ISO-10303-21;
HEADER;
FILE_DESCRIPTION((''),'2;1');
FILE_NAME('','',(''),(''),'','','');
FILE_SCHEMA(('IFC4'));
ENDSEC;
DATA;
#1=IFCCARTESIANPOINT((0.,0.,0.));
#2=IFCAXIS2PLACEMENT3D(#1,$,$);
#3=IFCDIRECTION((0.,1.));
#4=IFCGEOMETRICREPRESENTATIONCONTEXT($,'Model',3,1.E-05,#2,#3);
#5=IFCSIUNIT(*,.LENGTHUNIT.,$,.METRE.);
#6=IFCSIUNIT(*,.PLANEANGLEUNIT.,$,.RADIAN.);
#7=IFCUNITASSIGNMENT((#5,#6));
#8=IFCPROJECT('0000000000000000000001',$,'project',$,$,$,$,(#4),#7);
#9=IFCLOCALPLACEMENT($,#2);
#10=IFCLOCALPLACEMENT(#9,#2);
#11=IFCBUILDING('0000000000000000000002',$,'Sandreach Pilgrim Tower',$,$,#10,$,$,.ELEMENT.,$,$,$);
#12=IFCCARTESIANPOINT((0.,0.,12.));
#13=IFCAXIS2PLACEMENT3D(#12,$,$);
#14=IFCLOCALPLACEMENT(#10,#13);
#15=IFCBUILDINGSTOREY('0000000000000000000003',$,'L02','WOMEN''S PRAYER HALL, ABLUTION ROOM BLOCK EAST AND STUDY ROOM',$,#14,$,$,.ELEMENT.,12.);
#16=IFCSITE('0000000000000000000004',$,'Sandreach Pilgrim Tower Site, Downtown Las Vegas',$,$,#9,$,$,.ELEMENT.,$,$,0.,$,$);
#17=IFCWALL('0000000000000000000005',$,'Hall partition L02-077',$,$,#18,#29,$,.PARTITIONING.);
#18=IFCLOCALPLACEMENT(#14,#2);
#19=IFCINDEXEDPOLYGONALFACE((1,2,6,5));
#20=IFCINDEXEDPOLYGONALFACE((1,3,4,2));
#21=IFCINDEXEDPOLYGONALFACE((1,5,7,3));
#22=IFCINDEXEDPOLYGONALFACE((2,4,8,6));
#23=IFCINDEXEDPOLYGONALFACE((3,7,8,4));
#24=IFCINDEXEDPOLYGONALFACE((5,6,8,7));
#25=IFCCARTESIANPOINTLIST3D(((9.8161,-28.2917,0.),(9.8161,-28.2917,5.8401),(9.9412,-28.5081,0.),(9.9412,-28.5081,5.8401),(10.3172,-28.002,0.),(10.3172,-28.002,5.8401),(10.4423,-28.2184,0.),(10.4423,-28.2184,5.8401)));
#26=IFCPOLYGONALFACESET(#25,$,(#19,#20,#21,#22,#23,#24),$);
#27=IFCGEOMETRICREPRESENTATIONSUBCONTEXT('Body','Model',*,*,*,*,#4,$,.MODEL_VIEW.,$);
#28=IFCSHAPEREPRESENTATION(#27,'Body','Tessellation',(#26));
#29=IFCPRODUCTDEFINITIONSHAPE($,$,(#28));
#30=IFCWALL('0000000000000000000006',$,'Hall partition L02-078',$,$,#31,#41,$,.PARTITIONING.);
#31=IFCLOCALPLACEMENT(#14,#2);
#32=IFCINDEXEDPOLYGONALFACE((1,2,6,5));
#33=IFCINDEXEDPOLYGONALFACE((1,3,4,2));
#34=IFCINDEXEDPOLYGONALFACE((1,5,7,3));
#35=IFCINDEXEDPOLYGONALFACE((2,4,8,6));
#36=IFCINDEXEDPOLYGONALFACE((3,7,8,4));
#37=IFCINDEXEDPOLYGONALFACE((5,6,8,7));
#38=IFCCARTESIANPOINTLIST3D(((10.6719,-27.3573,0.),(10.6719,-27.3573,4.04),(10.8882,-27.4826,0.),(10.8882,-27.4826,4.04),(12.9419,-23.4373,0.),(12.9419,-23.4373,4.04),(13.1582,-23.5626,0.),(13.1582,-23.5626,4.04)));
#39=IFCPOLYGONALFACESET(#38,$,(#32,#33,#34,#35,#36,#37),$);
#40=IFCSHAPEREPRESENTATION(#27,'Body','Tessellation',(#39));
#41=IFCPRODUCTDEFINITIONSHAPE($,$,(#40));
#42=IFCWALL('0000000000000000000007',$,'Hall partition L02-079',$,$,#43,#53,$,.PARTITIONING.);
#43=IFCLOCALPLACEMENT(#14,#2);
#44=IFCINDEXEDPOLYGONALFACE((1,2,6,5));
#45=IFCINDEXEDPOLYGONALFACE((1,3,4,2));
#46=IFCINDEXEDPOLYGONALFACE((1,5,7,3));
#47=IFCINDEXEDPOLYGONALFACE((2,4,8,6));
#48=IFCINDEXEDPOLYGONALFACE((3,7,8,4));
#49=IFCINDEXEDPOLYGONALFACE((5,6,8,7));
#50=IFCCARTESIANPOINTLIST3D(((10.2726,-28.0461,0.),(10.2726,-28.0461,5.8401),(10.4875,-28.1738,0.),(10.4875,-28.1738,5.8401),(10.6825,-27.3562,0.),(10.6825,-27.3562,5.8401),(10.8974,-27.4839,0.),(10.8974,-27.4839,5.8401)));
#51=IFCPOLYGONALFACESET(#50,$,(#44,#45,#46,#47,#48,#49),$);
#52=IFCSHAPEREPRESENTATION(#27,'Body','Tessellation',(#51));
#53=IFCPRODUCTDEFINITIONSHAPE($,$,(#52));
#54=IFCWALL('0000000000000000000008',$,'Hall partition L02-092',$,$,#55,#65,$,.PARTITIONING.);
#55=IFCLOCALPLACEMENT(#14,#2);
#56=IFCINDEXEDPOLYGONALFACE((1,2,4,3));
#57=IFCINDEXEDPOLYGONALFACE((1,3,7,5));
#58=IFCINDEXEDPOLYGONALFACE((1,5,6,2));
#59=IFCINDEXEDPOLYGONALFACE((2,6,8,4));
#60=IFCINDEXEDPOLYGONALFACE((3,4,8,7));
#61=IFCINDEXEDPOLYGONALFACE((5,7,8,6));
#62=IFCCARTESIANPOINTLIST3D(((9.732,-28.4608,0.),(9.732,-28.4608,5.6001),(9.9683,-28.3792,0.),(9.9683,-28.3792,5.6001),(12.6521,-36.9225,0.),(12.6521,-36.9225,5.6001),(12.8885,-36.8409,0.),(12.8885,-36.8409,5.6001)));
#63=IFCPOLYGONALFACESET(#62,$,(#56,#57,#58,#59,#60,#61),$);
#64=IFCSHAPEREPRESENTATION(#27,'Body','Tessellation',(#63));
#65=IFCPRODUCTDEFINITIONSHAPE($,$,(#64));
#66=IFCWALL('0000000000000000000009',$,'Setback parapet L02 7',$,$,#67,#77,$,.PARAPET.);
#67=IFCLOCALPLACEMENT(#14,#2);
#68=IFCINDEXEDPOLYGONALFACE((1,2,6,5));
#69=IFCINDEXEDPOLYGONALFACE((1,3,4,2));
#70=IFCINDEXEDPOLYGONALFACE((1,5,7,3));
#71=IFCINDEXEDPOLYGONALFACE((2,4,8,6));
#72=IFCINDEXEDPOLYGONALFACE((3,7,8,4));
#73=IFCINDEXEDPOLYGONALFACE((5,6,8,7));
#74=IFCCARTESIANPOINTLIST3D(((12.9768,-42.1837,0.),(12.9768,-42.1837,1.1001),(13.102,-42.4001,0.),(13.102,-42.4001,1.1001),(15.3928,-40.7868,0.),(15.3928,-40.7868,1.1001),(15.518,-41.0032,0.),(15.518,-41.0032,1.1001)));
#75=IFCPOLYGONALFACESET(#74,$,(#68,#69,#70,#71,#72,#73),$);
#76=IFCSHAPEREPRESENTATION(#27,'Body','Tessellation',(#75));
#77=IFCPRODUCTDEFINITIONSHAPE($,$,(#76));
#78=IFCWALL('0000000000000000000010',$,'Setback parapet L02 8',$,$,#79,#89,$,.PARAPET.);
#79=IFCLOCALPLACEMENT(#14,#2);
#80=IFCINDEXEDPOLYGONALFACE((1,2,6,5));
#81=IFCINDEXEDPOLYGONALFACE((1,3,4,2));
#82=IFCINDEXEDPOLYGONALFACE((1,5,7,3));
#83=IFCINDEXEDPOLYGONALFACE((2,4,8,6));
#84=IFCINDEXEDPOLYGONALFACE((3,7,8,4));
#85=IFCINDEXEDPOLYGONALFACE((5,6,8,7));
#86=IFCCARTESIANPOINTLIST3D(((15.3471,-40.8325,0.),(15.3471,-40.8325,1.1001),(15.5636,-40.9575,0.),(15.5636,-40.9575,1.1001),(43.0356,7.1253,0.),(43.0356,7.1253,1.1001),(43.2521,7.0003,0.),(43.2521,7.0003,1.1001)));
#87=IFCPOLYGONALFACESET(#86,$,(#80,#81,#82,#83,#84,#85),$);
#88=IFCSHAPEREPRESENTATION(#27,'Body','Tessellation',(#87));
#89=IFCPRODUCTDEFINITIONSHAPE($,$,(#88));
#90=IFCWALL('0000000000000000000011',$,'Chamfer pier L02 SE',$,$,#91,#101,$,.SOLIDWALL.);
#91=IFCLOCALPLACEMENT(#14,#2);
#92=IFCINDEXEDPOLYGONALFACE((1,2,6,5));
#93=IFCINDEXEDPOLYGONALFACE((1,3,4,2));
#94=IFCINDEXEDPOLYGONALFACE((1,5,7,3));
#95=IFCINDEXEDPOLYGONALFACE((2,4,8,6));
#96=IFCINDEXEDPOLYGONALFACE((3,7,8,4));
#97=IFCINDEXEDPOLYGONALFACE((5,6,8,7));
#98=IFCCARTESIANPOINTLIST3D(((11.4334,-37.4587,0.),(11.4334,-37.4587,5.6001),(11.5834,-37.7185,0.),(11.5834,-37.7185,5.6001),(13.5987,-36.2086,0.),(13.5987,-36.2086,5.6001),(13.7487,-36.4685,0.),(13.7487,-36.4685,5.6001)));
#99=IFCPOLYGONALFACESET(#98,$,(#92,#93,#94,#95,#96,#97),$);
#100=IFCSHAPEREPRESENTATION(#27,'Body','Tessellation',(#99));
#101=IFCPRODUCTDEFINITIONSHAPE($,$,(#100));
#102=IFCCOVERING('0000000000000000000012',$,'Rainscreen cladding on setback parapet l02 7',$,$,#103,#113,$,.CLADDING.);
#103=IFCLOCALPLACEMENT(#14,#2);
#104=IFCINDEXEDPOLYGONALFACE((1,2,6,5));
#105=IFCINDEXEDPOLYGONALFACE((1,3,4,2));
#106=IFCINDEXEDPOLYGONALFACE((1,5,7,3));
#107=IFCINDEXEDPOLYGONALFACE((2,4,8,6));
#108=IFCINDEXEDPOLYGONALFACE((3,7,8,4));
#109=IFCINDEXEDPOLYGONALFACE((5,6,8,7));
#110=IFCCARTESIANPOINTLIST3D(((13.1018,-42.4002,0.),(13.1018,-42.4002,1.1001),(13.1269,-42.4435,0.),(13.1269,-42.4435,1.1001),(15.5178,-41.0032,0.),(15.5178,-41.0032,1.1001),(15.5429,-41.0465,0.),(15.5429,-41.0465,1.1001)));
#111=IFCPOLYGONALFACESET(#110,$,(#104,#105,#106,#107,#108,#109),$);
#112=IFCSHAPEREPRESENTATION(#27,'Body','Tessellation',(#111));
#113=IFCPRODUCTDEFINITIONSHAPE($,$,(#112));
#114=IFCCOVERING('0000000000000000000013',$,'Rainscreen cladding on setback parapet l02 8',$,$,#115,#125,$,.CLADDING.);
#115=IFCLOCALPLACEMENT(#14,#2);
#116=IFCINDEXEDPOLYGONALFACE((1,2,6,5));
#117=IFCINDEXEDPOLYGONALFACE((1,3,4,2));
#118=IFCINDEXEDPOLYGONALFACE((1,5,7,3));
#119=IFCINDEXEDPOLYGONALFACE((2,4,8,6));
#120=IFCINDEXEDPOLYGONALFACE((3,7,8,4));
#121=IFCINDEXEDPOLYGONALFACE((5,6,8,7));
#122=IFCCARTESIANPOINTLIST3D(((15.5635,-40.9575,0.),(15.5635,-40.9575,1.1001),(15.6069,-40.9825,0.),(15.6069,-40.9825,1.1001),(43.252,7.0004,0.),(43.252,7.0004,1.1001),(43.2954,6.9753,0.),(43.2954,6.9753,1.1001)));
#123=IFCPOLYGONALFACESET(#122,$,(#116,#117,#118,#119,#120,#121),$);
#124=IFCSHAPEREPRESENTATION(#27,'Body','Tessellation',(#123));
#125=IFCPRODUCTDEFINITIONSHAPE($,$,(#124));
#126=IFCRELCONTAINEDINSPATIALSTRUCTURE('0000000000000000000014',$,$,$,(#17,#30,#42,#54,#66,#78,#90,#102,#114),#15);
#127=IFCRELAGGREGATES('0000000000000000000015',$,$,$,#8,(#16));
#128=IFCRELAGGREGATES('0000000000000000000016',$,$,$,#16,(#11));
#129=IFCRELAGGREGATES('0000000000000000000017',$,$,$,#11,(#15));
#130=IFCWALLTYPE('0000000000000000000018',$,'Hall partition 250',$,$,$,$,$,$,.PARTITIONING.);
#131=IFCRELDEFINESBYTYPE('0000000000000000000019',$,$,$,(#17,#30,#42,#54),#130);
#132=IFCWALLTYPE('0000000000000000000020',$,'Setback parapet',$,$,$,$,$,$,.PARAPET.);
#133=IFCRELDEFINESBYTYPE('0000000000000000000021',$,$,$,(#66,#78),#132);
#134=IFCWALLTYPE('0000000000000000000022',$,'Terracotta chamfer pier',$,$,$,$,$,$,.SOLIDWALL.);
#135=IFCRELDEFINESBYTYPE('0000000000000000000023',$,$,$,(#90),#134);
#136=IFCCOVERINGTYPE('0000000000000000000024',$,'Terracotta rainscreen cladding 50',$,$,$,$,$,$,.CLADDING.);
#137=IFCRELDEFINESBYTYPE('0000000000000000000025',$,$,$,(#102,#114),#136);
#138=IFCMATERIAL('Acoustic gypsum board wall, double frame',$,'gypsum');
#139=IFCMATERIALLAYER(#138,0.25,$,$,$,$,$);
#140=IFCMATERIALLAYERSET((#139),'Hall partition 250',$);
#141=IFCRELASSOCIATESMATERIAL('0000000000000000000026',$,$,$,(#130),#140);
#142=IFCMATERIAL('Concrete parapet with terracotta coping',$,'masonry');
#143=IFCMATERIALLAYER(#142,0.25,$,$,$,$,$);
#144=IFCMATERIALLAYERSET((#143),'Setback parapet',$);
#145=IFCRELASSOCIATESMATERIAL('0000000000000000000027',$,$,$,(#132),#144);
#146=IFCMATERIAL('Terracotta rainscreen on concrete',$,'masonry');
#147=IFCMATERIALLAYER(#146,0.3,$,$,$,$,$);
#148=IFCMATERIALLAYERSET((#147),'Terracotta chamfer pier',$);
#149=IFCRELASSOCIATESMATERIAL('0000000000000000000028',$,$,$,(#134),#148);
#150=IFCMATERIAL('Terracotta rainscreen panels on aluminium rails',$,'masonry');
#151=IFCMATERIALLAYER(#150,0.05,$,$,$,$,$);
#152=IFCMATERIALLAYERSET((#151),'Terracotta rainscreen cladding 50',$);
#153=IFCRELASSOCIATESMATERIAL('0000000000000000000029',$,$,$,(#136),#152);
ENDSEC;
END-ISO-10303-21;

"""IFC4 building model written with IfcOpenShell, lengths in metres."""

from ifc_helpers import new_model, si_unit, direction, frame, frame_2d, origin, place, context, subcontext, project, spatial, rectangle, extrude, material, layer, layer_set, type_object, element, save


model = new_model("IFC4")

# Units and contexts
model_context = context("Model", 3, precision=1e-05, world=origin(), true_north=direction((0.0, 1.0)))
body_context = subcontext(model_context, "Body", "Model", "MODEL_VIEW")
ifc_project = project(units=[si_unit("LENGTHUNIT", "METRE"), si_unit("PLANEANGLEUNIT", "RADIAN")], contexts=[model_context])

# Site, building, storey
site_placement = place(None, origin())
site = spatial("IfcSite", under=ifc_project, at=site_placement, Name="Sandreach Pilgrim Tower Site, Downtown Las Vegas", CompositionType="ELEMENT", RefElevation=0.0)
building_placement = place(site_placement, origin())
building = spatial("IfcBuilding", under=site, at=building_placement, Name="Sandreach Pilgrim Tower", CompositionType="ELEMENT")
storey_placement = place(building_placement, frame((0.0, 0.0, 12.0)))
storey = spatial("IfcBuildingStorey", under=building, at=storey_placement, Name="L02", Description="WOMEN'S PRAYER HALL, ABLUTION ROOM BLOCK EAST AND STUDY ROOM", CompositionType="ELEMENT", Elevation=12.0)

# Walls
ifc_material_1 = material(Name="Acoustic gypsum board wall, double frame", Category="gypsum")
ifc_layer_1 = layer(ifc_material_1, 0.25)
ifc_layer_set_1 = layer_set([ifc_layer_1], Name="Hall partition 250")
wall_type_1 = type_object("IfcWallType", Name="Hall partition 250", PredefinedType="PARTITIONING", material=ifc_layer_set_1)
wall_1_placement = place(storey_placement, frame((10.3799, -28.1101, 0.0), z_axis=(0.0, 0.0, 1.0), x_axis=(-0.865715, -0.500538, 0.0)))
element("IfcWall", 1, at=wall_1_placement, inside=storey, type_object=wall_type_1, Name="Hall partition L02-077", PredefinedType="PARTITIONING", context=body_context, shape_type="SweptSolid", body=[
    extrude(rectangle(XDim=0.5789, YDim=0.25, at=frame_2d((0.2896, 0.0))), origin(), (0.0, 0.0, 1.0), 5.8401),
])
wall_2_placement = place(storey_placement, frame((10.78, -27.4199, 0.0), z_axis=(0.0, 0.0, 1.0), x_axis=(0.501134, 0.86537, 0.0)))
element("IfcWall", 2, at=wall_2_placement, inside=storey, type_object=wall_type_1, Name="Hall partition L02-078", PredefinedType="PARTITIONING", context=body_context, shape_type="SweptSolid", body=[
    extrude(rectangle(XDim=4.5298, YDim=0.25, at=frame_2d((2.2649, 0.0))), origin(), (0.0, 0.0, 1.0), 4.04),
])
wall_3_placement = place(storey_placement, frame((10.79, -27.4199, 0.0), z_axis=(0.0, 0.0, 1.0), x_axis=(-0.510778, -0.859713, 0.0)))
element("IfcWall", 3, at=wall_3_placement, inside=storey, type_object=wall_type_1, Name="Hall partition L02-079", PredefinedType="PARTITIONING", context=body_context, shape_type="SweptSolid", body=[
    extrude(rectangle(XDim=0.8025, YDim=0.25, at=frame_2d((0.4014, 0.0))), origin(), (0.0, 0.0, 1.0), 5.8401),
])
wall_4_placement = place(storey_placement, frame((12.7703, -36.8816, 0.0), z_axis=(0.0, 0.0, 1.0), x_axis=(-0.326225, 0.945292, 0.0)))
element("IfcWall", 4, at=wall_4_placement, inside=storey, type_object=wall_type_1, Name="Hall partition L02-092", PredefinedType="PARTITIONING", context=body_context, shape_type="SweptSolid", body=[
    extrude(rectangle(XDim=8.9514, YDim=0.25, at=frame_2d((4.4756, 0.0))), origin(), (0.0, 0.0, 1.0), 5.6001),
])
ifc_material_2 = material(Name="Concrete parapet with terracotta coping", Category="masonry")
ifc_layer_2 = layer(ifc_material_2, 0.25)
ifc_layer_set_2 = layer_set([ifc_layer_2], Name="Setback parapet")
wall_type_2 = type_object("IfcWallType", Name="Setback parapet", PredefinedType="PARAPET", material=ifc_layer_set_2)
wall_5_placement = place(storey_placement, frame((13.0393, -42.292, 0.0), z_axis=(0.0, 0.0, 1.0), x_axis=(0.865702, 0.50056, 0.0)))
element("IfcWall", 5, at=wall_5_placement, inside=storey, type_object=wall_type_2, Name="Setback parapet L02 7", PredefinedType="PARAPET", context=body_context, shape_type="SweptSolid", body=[
    extrude(rectangle(XDim=2.7908, YDim=0.25, at=frame_2d((1.3955, 0.0))), origin(), (0.0, 0.0, 1.0), 1.1001),
])
wall_6_placement = place(storey_placement, frame((15.4553, -40.895, 0.0), z_axis=(0.0, 0.0, 1.0), x_axis=(0.500001, 0.866025, 0.0)))
element("IfcWall", 6, at=wall_6_placement, inside=storey, type_object=wall_type_2, Name="Setback parapet L02 8", PredefinedType="PARAPET", context=body_context, shape_type="SweptSolid", body=[
    extrude(rectangle(XDim=55.377, YDim=0.25, at=frame_2d((27.6885, 0.0))), origin(), (0.0, 0.0, 1.0), 1.1001),
])
ifc_material_3 = material(Name="Terracotta rainscreen on concrete", Category="masonry")
ifc_layer_3 = layer(ifc_material_3, 0.3)
ifc_layer_set_3 = layer_set([ifc_layer_3], Name="Terracotta chamfer pier")
wall_type_3 = type_object("IfcWallType", Name="Terracotta chamfer pier", PredefinedType="SOLIDWALL", material=ifc_layer_set_3)
wall_7_placement = place(storey_placement, frame((13.6736, -36.3386, 0.0), z_axis=(0.0, 0.0, 1.0), x_axis=(-0.866047, -0.499962, 0.0)))
element("IfcWall", 7, at=wall_7_placement, inside=storey, type_object=wall_type_3, Name="Chamfer pier L02 SE", PredefinedType="SOLIDWALL", context=body_context, shape_type="SweptSolid", body=[
    extrude(rectangle(XDim=2.5002, YDim=0.3, at=frame_2d((1.25, 0.0))), origin(), (0.0, 0.0, 1.0), 5.6001),
])

# Coverings
ifc_material_4 = material(Name="Terracotta rainscreen panels on aluminium rails", Category="masonry")
ifc_layer_4 = layer(ifc_material_4, 0.05)
ifc_layer_set_4 = layer_set([ifc_layer_4], Name="Terracotta rainscreen cladding 50")
covering_type = type_object("IfcCoveringType", Name="Terracotta rainscreen cladding 50", PredefinedType="CLADDING", material=ifc_layer_set_4)
covering_1_placement = place(storey_placement, frame((13.1143, -42.4219, 0.0), z_axis=(0.0, 0.0, 1.0), x_axis=(0.865702, 0.50056, 0.0)))
element("IfcCovering", 8, at=covering_1_placement, inside=storey, type_object=covering_type, Name="Rainscreen cladding on setback parapet l02 7", PredefinedType="CLADDING", context=body_context, shape_type="SweptSolid", body=[
    extrude(rectangle(XDim=2.7908, YDim=0.05, at=frame_2d((1.3955, 0.0))), origin(), (0.0, 0.0, 1.0), 1.1001),
])
covering_2_placement = place(storey_placement, frame((15.5852, -40.97, 0.0), z_axis=(0.0, 0.0, 1.0), x_axis=(0.500001, 0.866025, 0.0)))
element("IfcCovering", 9, at=covering_2_placement, inside=storey, type_object=covering_type, Name="Rainscreen cladding on setback parapet l02 8", PredefinedType="CLADDING", context=body_context, shape_type="SweptSolid", body=[
    extrude(rectangle(XDim=55.377, YDim=0.05, at=frame_2d((27.6885, 0.0))), origin(), (0.0, 0.0, 1.0), 1.1001),
])

save(model, "model.ifc")
